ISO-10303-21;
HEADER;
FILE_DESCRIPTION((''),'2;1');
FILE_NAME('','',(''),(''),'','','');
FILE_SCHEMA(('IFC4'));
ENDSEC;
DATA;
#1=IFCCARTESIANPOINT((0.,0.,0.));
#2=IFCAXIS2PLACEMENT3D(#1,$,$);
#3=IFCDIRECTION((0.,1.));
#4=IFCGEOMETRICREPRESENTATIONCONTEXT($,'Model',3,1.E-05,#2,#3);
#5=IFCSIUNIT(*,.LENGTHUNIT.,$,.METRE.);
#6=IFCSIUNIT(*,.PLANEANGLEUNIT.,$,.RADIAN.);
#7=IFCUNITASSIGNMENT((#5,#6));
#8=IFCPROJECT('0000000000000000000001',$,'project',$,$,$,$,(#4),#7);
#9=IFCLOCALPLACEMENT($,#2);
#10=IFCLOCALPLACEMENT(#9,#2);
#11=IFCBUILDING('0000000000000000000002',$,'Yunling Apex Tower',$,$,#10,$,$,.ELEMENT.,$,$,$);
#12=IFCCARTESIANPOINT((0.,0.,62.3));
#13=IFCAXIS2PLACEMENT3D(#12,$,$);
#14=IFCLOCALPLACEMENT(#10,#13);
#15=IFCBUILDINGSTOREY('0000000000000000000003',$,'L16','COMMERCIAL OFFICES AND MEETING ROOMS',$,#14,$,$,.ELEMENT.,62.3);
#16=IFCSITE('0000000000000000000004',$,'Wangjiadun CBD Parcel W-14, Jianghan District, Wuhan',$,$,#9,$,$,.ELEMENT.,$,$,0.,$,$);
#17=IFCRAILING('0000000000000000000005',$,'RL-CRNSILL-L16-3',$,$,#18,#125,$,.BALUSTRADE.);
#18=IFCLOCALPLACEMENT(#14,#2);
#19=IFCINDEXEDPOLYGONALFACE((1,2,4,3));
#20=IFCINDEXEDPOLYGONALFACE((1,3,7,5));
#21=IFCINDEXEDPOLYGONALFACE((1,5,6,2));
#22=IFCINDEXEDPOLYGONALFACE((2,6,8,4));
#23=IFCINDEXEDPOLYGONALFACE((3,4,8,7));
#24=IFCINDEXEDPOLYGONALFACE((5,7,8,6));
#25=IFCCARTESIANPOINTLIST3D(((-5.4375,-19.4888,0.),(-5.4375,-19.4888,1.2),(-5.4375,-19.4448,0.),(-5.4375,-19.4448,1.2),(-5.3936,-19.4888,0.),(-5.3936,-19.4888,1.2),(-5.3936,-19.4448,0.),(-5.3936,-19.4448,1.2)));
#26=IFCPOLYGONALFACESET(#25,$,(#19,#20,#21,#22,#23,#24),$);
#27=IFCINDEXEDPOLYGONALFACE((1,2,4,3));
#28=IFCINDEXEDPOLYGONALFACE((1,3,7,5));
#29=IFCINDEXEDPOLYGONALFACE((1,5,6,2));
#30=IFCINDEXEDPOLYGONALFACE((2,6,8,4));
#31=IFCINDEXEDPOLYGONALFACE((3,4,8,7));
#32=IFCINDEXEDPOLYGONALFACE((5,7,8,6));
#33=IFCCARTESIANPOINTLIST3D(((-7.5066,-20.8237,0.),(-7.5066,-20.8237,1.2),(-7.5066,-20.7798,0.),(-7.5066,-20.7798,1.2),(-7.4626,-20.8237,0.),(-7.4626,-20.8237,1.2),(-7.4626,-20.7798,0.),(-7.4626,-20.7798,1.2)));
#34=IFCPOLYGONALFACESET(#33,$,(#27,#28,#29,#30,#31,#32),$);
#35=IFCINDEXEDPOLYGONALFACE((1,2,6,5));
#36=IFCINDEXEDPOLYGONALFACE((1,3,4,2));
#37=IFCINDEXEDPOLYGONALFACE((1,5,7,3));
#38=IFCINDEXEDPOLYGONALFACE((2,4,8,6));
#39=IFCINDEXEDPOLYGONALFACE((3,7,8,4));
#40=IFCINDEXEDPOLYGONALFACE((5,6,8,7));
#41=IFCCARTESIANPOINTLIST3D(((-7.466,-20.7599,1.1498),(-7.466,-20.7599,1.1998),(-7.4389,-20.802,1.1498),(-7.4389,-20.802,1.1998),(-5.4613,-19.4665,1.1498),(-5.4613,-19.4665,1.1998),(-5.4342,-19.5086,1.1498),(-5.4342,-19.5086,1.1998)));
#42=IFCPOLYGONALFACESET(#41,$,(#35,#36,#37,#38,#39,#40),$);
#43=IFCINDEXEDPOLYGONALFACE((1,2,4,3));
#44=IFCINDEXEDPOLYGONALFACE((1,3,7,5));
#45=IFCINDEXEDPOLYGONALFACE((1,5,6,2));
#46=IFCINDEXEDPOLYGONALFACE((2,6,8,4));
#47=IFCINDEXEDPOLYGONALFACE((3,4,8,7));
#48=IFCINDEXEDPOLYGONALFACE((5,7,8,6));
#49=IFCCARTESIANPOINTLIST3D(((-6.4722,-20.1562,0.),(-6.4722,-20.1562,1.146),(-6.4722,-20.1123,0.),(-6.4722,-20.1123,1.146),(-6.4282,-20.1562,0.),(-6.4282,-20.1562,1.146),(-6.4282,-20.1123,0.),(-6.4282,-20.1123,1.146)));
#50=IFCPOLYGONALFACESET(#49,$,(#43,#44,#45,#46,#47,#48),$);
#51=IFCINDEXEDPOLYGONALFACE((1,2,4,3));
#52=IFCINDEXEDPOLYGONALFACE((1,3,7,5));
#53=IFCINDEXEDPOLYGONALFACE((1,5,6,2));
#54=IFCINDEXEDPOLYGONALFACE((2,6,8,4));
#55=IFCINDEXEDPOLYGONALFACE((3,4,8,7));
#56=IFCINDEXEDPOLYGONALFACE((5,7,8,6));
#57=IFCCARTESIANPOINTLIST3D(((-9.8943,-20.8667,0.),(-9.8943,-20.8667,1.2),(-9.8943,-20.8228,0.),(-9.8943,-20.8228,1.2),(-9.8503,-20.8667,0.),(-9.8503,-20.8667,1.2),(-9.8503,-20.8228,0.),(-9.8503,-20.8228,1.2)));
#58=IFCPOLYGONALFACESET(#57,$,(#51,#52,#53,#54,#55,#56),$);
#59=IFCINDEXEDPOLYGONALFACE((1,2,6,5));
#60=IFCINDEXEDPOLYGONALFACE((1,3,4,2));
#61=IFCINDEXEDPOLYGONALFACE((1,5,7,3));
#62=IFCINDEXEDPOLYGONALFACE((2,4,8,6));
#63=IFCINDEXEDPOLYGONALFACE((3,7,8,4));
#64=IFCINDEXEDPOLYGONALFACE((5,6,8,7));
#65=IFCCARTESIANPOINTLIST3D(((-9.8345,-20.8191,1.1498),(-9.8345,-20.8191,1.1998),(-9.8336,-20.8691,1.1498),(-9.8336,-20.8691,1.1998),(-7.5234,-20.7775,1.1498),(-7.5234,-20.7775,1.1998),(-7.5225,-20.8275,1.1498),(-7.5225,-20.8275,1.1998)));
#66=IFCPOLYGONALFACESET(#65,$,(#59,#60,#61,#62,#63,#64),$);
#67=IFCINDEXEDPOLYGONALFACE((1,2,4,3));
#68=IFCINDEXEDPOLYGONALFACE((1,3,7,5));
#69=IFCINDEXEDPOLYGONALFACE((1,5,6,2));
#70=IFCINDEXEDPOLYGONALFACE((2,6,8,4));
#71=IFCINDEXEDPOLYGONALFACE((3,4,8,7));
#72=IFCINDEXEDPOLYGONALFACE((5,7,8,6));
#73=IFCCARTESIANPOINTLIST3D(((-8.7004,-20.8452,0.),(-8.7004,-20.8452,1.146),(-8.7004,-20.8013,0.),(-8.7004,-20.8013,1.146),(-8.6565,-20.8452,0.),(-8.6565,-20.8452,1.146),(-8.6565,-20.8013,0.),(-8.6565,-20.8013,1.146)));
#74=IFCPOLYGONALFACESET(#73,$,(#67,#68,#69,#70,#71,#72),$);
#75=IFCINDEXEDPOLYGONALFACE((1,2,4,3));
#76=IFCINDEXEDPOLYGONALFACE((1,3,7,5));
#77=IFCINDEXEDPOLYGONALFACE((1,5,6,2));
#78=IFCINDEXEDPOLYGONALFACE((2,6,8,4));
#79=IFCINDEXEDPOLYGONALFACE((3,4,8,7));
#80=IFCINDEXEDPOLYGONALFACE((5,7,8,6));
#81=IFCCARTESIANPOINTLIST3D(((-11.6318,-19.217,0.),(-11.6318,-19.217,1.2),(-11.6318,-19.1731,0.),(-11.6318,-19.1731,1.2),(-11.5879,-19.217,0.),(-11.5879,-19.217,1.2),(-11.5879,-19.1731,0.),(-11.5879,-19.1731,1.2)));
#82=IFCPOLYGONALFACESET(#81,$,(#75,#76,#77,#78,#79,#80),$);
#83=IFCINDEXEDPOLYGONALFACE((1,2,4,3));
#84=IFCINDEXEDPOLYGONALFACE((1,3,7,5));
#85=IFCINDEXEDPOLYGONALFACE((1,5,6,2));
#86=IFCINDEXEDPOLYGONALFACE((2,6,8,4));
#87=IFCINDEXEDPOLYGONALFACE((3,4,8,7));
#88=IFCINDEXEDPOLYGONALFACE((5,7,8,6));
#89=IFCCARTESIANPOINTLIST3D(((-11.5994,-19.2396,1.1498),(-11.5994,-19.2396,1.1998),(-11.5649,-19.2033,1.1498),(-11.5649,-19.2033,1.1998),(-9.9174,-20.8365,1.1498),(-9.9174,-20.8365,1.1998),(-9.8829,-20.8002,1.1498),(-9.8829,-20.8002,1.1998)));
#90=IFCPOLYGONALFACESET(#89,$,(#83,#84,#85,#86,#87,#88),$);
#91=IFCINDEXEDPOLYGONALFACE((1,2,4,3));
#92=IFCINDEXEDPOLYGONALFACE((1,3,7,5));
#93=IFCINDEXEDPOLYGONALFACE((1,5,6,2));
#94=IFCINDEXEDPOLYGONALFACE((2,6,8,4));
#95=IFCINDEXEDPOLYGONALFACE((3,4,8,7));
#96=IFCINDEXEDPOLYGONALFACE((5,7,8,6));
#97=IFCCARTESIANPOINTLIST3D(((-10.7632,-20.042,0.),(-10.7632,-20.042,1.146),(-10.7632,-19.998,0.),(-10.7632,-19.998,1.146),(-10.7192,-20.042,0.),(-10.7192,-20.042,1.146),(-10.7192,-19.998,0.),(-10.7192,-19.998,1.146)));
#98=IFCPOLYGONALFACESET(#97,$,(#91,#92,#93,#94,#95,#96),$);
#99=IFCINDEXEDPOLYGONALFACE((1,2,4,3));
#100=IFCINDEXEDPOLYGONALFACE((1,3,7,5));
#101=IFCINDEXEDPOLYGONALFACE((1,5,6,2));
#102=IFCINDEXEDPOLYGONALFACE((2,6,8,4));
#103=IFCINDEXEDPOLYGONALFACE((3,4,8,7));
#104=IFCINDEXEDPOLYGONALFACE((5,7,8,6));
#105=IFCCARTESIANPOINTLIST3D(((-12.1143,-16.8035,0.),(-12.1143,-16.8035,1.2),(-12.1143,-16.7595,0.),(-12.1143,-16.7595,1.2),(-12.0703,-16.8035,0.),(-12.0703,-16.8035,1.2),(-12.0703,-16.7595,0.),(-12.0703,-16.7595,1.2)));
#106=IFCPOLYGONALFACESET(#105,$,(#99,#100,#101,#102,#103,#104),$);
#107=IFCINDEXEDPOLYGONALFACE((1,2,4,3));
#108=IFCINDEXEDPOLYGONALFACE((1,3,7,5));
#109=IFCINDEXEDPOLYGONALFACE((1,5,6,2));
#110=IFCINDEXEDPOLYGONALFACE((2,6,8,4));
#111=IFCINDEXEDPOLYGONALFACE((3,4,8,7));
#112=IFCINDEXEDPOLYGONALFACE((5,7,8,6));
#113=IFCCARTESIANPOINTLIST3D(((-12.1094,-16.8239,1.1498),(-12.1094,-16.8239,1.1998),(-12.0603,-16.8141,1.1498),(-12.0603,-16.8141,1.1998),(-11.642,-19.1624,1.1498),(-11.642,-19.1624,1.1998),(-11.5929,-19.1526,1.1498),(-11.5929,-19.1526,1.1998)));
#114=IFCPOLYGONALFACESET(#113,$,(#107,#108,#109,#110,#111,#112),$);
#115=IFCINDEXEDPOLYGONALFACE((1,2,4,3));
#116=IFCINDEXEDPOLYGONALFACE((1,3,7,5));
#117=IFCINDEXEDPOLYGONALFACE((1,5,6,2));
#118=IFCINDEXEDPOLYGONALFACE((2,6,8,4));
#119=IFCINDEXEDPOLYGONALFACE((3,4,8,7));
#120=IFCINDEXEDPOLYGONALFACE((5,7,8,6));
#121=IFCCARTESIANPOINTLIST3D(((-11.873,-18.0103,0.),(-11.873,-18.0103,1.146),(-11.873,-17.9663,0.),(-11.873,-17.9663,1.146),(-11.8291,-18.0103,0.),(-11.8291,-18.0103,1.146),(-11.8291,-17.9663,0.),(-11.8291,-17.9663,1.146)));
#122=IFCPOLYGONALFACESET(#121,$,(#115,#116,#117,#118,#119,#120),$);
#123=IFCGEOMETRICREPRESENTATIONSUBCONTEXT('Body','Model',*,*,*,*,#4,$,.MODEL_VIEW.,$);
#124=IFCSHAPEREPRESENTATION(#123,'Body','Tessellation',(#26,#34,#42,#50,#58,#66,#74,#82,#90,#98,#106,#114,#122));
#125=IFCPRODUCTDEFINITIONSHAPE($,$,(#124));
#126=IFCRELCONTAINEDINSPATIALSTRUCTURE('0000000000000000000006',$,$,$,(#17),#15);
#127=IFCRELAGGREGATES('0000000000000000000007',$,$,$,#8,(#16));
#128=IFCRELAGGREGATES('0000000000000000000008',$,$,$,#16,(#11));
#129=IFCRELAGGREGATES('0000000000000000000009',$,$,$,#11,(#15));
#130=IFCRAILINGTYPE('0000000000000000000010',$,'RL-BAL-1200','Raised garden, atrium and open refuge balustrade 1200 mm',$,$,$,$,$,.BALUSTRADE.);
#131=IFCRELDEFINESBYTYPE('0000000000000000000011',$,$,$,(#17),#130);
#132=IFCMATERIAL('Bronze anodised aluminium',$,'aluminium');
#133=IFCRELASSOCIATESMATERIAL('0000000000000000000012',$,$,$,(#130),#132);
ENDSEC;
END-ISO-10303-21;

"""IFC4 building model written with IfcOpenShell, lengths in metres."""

from ifc_helpers import new_model, si_unit, direction, frame, origin, origin_2d, place, context, subcontext, project, spatial, rectangle, extrude, material, type_object, element, save


model = new_model("IFC4")

# Units and contexts
model_context = context("Model", 3, precision=1e-05, world=origin(), true_north=direction((0.0, 1.0)))
body_context = subcontext(model_context, "Body", "Model", "MODEL_VIEW")
ifc_project = project(units=[si_unit("LENGTHUNIT", "METRE"), si_unit("PLANEANGLEUNIT", "RADIAN")], contexts=[model_context])

# Site, building, storey
site_placement = place(None, origin())
site = spatial("IfcSite", under=ifc_project, at=site_placement, Name="Wangjiadun CBD Parcel W-14, Jianghan District, Wuhan", CompositionType="ELEMENT", RefElevation=0.0)
building_placement = place(site_placement, origin())
building = spatial("IfcBuilding", under=site, at=building_placement, Name="Yunling Apex Tower", CompositionType="ELEMENT")
storey_placement = place(building_placement, frame((0.0, 0.0, 62.3)))
storey = spatial("IfcBuildingStorey", under=building, at=storey_placement, Name="L16", Description="COMMERCIAL OFFICES AND MEETING ROOMS", CompositionType="ELEMENT", Elevation=62.3)

# Shared definitions
ifc_material_1 = material(Name="Bronze anodised aluminium", Category="aluminium")

# Railing
railing_type = type_object("IfcRailingType", Name="RL-BAL-1200", Description="Raised garden, atrium and open refuge balustrade 1200 mm", PredefinedType="BALUSTRADE", material=ifc_material_1)
railing_placement = place(storey_placement, frame((-5.4155, -19.4668, 0.0)))
element("IfcRailing", 1, at=railing_placement, inside=storey, type_object=railing_type, Name="RL-CRNSILL-L16-3", PredefinedType="BALUSTRADE", context=body_context, shape_type="SweptSolid", body=[
    extrude(rectangle(XDim=0.0439, YDim=0.0439, at=origin_2d()), origin(), (0.0, 0.0, 1.0), 1.2),
    extrude(rectangle(XDim=0.0439, YDim=0.0439, at=origin_2d()), frame((-2.0691, -1.335, 0.0)), (0.0, 0.0, 1.0), 1.2),
    extrude(rectangle(XDim=0.05, YDim=0.05, at=origin_2d()), frame((-0.0322, -0.0208, 1.1748), z_axis=(-0.840285, -0.542145, 0.0), x_axis=(0.542145, -0.840285, 0.0)), (0.0, 0.0, 1.0), 2.3857),
    extrude(rectangle(XDim=0.0439, YDim=0.0439, at=origin_2d()), frame((-1.0347, -0.6675, 0.0)), (0.0, 0.0, 1.0), 1.146),
    extrude(rectangle(XDim=0.0439, YDim=0.0439, at=origin_2d()), frame((-4.4568, -1.3779, 0.0)), (0.0, 0.0, 1.0), 1.2),
    extrude(rectangle(XDim=0.05, YDim=0.05, at=origin_2d()), frame((-2.1074, -1.3357, 1.1748), z_axis=(-0.999838, -0.017993, 0.0), x_axis=(0.017993, -0.999838, 0.0)), (0.0, 0.0, 1.0), 2.3115),
    extrude(rectangle(XDim=0.0439, YDim=0.0439, at=origin_2d()), frame((-3.2629, -1.3564, 0.0)), (0.0, 0.0, 1.0), 1.146),
    extrude(rectangle(XDim=0.0439, YDim=0.0439, at=origin_2d()), frame((-6.1943, 0.2717, 0.0)), (0.0, 0.0, 1.0), 1.2),
    extrude(rectangle(XDim=0.05, YDim=0.05, at=origin_2d()), frame((-4.4846, -1.3516, 1.1748), z_axis=(-0.725211, 0.688527, 0.0), x_axis=(-0.688527, -0.725211, 0.0)), (0.0, 0.0, 1.0), 2.3193),
    extrude(rectangle(XDim=0.0439, YDim=0.0439, at=origin_2d()), frame((-5.3257, -0.5532, 0.0)), (0.0, 0.0, 1.0), 1.146),
    extrude(rectangle(XDim=0.0439, YDim=0.0439, at=origin_2d()), frame((-6.6768, 2.6853, 0.0)), (0.0, 0.0, 1.0), 1.2),
    extrude(rectangle(XDim=0.05, YDim=0.05, at=origin_2d()), frame((-6.2019, 0.3093, 1.1748), z_axis=(-0.196002, 0.980604, 0.0), x_axis=(-0.980604, -0.196002, 0.0)), (0.0, 0.0, 1.0), 2.3848),
    extrude(rectangle(XDim=0.0439, YDim=0.0439, at=origin_2d()), frame((-6.4355, 1.4785, 0.0)), (0.0, 0.0, 1.0), 1.146),
])

save(model, "model.ifc")
